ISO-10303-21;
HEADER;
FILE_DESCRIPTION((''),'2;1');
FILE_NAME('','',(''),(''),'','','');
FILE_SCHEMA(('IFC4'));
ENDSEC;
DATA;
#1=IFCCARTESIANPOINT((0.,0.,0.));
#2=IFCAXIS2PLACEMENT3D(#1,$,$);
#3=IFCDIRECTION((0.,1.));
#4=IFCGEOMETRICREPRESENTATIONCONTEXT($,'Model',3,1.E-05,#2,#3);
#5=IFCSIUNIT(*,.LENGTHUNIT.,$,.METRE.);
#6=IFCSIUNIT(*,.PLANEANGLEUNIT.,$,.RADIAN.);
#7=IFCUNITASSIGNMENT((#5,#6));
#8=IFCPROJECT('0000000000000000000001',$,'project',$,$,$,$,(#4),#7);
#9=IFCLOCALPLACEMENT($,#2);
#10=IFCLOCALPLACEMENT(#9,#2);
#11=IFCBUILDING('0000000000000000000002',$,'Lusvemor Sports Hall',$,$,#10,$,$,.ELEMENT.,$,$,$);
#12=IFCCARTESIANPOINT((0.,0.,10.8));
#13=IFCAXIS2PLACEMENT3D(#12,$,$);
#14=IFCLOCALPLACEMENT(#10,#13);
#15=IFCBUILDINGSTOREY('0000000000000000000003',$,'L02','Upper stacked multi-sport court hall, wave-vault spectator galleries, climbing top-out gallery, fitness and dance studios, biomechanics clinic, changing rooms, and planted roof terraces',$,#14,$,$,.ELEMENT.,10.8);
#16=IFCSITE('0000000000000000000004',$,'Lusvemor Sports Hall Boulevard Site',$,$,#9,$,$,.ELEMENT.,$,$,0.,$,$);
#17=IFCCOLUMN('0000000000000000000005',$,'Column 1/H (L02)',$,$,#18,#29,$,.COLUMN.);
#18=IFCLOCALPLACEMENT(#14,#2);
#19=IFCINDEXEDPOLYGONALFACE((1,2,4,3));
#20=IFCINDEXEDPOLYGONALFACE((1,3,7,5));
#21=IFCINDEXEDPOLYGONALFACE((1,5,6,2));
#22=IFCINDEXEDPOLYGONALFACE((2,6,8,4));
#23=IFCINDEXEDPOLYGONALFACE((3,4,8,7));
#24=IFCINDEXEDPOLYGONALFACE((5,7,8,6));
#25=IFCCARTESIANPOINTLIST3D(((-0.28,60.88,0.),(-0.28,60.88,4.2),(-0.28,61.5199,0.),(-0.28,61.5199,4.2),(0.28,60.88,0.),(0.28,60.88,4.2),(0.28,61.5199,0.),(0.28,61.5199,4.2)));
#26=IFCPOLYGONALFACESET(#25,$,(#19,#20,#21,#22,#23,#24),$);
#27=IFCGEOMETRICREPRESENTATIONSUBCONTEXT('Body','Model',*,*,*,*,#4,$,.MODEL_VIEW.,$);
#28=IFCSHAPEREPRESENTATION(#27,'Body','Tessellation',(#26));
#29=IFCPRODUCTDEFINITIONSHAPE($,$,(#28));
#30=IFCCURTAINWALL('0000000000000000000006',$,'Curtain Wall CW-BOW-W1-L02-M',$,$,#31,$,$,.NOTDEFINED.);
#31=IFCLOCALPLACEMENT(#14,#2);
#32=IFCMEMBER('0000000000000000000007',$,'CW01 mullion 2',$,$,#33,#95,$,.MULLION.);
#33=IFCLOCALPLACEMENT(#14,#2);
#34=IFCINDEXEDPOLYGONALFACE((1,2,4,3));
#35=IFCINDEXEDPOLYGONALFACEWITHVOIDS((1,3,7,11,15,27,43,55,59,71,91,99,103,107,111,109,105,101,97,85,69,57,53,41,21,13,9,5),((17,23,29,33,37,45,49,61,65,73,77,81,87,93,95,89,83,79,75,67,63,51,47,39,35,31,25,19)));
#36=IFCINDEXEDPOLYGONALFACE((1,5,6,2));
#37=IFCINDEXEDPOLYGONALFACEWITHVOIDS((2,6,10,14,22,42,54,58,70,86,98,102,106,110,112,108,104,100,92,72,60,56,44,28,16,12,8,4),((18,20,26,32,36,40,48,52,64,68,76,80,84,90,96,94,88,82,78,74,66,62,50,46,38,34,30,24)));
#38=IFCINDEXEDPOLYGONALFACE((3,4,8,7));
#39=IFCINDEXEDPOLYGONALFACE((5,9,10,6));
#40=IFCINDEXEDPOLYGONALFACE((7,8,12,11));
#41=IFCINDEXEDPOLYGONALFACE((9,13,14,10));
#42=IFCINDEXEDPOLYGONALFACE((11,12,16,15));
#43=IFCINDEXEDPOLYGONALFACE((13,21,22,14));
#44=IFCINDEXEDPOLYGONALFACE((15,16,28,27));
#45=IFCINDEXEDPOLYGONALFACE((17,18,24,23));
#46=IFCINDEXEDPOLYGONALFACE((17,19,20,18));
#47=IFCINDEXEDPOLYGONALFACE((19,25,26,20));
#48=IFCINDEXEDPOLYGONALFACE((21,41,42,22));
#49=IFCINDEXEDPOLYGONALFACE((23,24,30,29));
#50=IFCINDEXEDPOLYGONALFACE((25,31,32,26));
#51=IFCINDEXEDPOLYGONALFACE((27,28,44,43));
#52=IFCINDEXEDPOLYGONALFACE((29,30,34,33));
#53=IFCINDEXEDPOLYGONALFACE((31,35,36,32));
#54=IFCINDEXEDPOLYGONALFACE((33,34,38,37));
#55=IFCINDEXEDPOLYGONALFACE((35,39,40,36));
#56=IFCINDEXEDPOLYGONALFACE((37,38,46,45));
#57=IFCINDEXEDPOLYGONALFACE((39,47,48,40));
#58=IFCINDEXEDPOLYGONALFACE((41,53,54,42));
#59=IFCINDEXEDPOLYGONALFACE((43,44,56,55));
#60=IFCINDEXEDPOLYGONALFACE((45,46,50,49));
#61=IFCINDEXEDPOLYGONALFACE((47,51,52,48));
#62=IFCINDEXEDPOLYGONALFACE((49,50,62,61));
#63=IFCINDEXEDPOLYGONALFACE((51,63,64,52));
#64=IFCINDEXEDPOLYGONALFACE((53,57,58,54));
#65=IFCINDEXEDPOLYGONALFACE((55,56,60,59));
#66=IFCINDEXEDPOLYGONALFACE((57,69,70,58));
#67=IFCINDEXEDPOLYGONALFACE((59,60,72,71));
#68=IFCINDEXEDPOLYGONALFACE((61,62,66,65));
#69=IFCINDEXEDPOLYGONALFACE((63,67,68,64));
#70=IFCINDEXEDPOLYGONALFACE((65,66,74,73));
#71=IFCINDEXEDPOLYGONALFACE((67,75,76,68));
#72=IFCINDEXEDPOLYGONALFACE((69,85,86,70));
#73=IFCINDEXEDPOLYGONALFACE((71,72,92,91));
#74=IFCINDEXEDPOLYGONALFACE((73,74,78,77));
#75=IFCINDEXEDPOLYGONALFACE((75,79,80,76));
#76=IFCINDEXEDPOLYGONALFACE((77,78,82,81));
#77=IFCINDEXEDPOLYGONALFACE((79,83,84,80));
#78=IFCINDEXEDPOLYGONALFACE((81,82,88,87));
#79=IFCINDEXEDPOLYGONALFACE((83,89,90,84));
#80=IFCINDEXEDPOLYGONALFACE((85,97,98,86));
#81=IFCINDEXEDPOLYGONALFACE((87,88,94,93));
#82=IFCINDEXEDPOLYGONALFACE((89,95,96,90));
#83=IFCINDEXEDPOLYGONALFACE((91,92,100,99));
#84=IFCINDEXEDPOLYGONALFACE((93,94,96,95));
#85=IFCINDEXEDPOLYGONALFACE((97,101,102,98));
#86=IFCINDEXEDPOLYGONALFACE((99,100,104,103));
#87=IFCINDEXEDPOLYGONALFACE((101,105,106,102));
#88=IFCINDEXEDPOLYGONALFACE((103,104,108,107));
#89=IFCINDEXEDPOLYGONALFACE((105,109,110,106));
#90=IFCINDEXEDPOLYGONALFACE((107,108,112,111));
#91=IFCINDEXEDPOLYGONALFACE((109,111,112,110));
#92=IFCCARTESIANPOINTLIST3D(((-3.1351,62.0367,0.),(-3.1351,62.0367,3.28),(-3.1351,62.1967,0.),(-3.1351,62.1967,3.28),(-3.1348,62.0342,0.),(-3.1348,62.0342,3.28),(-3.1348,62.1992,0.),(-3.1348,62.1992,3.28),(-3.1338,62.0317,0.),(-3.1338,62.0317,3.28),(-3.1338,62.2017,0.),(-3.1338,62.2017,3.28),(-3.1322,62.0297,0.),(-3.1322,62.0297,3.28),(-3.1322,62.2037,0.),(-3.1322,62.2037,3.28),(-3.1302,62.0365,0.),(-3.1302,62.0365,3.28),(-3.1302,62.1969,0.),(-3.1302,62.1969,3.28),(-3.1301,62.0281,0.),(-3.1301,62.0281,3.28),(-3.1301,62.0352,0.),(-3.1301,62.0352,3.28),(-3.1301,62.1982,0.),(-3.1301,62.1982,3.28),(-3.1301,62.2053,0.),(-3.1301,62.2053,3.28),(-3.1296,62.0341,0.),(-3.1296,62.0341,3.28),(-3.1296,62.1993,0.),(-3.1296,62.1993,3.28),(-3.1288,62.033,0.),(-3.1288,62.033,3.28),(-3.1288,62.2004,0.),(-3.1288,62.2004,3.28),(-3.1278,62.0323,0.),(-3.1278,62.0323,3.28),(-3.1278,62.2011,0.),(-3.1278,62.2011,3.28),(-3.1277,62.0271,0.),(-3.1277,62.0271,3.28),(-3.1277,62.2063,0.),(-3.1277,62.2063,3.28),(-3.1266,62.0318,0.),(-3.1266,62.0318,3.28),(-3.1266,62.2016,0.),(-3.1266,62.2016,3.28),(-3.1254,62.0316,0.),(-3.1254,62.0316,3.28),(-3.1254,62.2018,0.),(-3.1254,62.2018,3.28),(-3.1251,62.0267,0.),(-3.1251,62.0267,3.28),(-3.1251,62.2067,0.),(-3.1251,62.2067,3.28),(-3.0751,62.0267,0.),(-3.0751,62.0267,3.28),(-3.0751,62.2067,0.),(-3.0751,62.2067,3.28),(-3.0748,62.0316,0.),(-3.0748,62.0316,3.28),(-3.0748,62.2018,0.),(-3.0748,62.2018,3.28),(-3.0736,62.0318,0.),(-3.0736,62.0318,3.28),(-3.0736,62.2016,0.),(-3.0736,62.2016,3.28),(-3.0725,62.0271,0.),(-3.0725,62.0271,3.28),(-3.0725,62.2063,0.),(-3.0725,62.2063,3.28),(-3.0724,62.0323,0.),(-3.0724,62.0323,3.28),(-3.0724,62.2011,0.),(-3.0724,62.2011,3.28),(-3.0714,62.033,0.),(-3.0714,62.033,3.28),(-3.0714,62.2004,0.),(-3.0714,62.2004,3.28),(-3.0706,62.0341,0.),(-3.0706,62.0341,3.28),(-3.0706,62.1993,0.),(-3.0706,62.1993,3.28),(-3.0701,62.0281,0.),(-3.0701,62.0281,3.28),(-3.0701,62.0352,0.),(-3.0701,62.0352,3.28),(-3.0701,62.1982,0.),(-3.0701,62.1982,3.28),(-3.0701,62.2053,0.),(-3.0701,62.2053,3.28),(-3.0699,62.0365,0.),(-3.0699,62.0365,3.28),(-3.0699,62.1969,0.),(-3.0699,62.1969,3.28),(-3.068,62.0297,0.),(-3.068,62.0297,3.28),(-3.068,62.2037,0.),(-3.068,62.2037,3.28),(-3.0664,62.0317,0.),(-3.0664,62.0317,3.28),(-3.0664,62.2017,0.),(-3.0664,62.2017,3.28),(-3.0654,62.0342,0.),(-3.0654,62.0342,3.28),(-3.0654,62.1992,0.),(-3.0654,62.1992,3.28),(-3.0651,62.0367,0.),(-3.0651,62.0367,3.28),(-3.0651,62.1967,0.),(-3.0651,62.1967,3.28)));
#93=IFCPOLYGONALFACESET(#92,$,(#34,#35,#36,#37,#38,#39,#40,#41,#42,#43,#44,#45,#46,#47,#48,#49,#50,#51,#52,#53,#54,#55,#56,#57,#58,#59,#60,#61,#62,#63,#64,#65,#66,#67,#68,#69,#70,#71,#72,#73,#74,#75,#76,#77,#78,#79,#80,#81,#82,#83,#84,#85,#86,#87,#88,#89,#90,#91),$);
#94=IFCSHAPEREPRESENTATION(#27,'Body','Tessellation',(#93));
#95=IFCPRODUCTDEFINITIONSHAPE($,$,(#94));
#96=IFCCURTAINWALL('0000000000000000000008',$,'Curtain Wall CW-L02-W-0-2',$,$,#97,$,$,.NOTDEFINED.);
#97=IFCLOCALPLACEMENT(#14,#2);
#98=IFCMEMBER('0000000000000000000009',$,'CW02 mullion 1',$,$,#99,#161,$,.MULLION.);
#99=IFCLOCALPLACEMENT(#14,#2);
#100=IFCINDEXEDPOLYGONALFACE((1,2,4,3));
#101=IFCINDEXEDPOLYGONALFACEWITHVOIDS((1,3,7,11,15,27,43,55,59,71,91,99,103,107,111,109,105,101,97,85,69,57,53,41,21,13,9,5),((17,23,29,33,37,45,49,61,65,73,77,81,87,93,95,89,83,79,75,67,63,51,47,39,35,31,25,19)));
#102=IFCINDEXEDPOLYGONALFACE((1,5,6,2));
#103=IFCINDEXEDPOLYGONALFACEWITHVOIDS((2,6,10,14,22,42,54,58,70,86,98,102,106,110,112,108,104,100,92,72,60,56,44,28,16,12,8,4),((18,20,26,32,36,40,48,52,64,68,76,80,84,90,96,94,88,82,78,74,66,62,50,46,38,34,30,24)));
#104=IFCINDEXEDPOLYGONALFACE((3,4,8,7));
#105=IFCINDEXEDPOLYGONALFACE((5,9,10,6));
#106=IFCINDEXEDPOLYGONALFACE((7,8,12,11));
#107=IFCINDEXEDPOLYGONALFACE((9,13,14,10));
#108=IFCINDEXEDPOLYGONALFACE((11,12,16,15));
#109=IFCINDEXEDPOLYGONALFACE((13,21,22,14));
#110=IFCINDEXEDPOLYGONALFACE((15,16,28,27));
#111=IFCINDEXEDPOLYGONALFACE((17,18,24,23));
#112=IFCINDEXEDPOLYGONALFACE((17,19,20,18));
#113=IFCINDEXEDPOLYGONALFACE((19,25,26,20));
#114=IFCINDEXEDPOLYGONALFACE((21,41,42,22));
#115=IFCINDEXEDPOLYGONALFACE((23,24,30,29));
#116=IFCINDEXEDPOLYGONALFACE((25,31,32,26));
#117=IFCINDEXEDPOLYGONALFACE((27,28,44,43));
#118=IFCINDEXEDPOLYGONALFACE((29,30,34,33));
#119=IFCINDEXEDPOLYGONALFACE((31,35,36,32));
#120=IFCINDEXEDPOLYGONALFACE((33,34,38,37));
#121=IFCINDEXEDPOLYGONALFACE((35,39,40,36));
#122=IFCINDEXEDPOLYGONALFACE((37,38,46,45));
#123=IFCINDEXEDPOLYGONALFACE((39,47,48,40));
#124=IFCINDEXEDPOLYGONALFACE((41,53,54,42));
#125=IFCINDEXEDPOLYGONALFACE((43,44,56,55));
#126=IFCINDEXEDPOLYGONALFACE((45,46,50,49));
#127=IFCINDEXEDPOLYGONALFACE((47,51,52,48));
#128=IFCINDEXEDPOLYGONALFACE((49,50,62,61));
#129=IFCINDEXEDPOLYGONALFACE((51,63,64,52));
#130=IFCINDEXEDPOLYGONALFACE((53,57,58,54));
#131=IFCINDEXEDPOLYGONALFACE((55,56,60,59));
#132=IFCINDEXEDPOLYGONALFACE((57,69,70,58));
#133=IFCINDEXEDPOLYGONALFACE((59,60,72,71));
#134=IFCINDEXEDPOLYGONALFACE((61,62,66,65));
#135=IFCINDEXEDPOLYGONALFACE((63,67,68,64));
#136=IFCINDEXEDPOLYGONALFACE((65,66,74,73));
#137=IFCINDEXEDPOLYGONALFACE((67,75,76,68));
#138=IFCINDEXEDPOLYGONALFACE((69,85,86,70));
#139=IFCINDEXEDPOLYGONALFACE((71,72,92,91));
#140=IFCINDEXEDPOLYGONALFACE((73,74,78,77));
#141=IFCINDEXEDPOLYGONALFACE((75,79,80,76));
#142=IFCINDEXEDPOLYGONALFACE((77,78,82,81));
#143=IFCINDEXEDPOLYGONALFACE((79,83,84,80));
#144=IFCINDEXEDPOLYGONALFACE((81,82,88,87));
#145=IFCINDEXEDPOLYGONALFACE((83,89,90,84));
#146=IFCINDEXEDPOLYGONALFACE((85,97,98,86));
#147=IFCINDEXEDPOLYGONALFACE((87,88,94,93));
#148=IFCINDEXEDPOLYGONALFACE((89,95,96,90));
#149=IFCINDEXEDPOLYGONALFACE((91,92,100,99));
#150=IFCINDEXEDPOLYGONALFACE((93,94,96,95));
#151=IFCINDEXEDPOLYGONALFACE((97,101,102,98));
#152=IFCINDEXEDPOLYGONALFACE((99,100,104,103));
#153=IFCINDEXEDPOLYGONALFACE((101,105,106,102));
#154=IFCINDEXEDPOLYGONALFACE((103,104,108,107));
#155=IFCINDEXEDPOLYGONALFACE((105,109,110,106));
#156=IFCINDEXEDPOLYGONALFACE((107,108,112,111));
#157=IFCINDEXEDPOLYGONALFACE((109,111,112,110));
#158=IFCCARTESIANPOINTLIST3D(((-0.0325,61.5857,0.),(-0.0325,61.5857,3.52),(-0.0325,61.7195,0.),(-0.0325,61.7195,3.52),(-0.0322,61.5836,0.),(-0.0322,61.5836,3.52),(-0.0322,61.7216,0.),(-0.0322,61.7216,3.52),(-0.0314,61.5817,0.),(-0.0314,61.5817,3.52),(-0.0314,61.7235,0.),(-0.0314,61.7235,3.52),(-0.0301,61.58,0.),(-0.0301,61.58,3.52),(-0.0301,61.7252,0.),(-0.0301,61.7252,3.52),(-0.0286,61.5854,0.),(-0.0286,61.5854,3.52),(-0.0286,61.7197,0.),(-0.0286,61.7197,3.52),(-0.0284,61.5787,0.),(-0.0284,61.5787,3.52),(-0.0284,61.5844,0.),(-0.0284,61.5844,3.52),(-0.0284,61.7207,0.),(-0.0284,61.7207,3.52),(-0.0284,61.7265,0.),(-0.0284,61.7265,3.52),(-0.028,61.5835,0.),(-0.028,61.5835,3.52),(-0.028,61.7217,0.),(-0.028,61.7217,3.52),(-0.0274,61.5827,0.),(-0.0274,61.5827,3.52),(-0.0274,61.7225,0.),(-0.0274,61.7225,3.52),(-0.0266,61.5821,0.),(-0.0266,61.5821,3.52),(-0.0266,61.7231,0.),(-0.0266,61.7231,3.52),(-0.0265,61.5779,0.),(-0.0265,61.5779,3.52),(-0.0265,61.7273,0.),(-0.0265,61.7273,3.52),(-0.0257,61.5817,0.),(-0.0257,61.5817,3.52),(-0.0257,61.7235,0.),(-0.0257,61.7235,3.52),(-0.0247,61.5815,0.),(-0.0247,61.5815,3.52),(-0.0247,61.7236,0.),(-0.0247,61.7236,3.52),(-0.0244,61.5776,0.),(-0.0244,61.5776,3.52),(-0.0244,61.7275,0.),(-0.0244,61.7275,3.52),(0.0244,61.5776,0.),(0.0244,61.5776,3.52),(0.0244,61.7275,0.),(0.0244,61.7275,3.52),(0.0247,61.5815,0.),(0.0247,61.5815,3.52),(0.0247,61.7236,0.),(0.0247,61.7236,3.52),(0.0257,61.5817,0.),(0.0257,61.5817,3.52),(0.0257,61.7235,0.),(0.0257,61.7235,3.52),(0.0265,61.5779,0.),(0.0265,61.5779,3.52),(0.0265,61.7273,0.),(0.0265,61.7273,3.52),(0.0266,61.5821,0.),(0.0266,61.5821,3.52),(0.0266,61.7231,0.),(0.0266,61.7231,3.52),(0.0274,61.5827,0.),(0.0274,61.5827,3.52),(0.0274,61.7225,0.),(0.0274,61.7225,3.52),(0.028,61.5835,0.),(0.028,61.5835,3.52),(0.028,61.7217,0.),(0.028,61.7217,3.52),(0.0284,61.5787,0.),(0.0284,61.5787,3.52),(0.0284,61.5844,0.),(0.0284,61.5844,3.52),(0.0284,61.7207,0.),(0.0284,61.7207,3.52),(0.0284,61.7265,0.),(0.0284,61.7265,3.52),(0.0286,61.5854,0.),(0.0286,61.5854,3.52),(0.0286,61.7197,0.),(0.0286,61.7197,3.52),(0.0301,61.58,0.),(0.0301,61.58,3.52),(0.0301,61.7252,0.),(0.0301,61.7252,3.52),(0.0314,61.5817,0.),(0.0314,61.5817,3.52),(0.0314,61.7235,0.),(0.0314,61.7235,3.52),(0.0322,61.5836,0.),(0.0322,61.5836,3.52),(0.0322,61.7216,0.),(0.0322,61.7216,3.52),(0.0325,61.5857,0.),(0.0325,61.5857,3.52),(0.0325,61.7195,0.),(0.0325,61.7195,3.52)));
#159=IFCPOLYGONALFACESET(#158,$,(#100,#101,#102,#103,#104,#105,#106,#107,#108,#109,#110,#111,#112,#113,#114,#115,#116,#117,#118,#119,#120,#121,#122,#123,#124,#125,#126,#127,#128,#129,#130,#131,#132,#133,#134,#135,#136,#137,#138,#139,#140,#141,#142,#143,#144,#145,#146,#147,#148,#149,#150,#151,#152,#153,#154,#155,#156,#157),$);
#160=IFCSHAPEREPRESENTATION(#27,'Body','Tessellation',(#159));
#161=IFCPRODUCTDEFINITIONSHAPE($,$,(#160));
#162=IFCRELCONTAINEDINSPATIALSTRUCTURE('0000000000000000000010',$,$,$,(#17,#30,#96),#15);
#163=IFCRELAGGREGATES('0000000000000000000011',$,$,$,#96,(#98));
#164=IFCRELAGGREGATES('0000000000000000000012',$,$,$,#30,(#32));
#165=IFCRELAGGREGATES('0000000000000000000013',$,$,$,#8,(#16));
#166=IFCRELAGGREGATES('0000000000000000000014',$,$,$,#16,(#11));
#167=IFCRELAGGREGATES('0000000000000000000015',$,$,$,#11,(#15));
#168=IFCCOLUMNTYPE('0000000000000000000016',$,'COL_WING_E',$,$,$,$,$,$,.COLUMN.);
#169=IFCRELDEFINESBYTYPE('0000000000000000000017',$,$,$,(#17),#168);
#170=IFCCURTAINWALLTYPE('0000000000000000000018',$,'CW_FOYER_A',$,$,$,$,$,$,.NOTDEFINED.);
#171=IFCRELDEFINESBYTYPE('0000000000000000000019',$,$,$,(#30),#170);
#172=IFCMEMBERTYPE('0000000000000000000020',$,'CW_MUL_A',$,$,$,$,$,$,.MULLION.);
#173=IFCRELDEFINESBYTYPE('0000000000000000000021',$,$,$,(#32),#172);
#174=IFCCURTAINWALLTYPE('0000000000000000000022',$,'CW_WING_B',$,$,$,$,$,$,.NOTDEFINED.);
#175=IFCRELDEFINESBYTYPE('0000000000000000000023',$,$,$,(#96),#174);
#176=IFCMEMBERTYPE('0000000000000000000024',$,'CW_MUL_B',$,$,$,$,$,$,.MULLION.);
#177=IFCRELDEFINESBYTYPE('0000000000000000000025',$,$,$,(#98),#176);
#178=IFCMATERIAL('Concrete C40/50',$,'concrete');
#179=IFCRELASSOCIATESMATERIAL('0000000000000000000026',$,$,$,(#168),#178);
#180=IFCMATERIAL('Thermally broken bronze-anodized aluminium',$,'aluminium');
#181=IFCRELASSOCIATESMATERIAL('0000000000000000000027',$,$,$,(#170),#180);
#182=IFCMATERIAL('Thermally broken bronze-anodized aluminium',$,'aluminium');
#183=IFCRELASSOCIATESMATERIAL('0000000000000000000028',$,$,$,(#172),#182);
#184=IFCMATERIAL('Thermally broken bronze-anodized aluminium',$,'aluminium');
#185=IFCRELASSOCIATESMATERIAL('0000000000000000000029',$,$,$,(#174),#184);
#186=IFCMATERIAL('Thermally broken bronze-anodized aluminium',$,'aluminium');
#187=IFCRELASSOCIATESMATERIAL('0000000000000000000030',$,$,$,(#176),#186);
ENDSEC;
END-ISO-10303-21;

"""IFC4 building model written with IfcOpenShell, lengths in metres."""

from ifc_helpers import new_model, si_unit, direction, frame, origin, origin_2d, place, context, subcontext, project, spatial, rectangle, hollow_rectangle, extrude, material, material_profile, profile_set, type_object, element, aggregate, save


model = new_model("IFC4")

# Units and contexts
model_context = context("Model", 3, precision=1e-05, world=origin(), true_north=direction((0.0, 1.0)))
body_context = subcontext(model_context, "Body", "Model", "MODEL_VIEW")
ifc_project = project(units=[si_unit("LENGTHUNIT", "METRE"), si_unit("PLANEANGLEUNIT", "RADIAN")], contexts=[model_context])

# Site, building, storey
site_placement = place(None, origin())
site = spatial("IfcSite", under=ifc_project, at=site_placement, Name="Lusvemor Sports Hall Boulevard Site", CompositionType="ELEMENT", RefElevation=0.0)
building_placement = place(site_placement, origin())
building = spatial("IfcBuilding", under=site, at=building_placement, Name="Lusvemor Sports Hall", CompositionType="ELEMENT")
storey_placement = place(building_placement, frame((0.0, 0.0, 10.8)))
storey = spatial("IfcBuildingStorey", under=building, at=storey_placement, Name="L02", Description="Upper stacked multi-sport court hall, wave-vault spectator galleries, climbing top-out gallery, fitness and dance studios, biomechanics clinic, changing rooms, and planted roof terraces", CompositionType="ELEMENT", Elevation=10.8)

# Column
ifc_material_1 = material(Name="Concrete C40/50", Category="concrete")
ifc_material_profile_1 = material_profile(ifc_material_1, rectangle(XDim=0.5601, YDim=0.6399, at=origin_2d()), Name="RC560x640")
ifc_profile_set_1 = profile_set([ifc_material_profile_1], Name="Concrete C40/50")
column_type = type_object("IfcColumnType", Name="COL_WING_E", PredefinedType="COLUMN", material=ifc_profile_set_1)
column_placement = place(storey_placement, frame((0.0, 61.2, 0.0), z_axis=(0.0, 0.0, 1.0), x_axis=(1.0, 0.0, 0.0)))
element("IfcColumn", 1, at=column_placement, inside=storey, type_object=column_type, Name="Column 1/H (L02)", PredefinedType="COLUMN", context=body_context, shape_type="SweptSolid", body=[
    extrude(rectangle(XDim=0.5601, YDim=0.6399, at=origin_2d()), origin(), (0.0, 0.0, 1.0), 4.2),
])

# Curtain wall, member
ifc_material_2 = material(Name="Thermally broken bronze-anodized aluminium", Category="aluminium")
curtain_wall_type_1 = type_object("IfcCurtainWallType", Name="CW_FOYER_A", PredefinedType="NOTDEFINED", material=ifc_material_2)
curtain_wall_1_placement = place(storey_placement, origin())
curtain_wall_1 = element("IfcCurtainWall", 2, at=curtain_wall_1_placement, inside=storey, type_object=curtain_wall_type_1, Name="Curtain Wall CW-BOW-W1-L02-M", PredefinedType="NOTDEFINED")
ifc_material_3 = material(Name="Thermally broken bronze-anodized aluminium", Category="aluminium")
ifc_material_profile_2 = material_profile(ifc_material_3, hollow_rectangle(XDim=0.0701, YDim=0.1799, WallThickness=0.0049, InnerFilletRadius=0.0049, OuterFilletRadius=0.01, at=origin_2d()), Name="CWMUL180x70x5")
ifc_profile_set_2 = profile_set([ifc_material_profile_2], Name="Thermally broken bronze-anodized aluminium")
member_type_1 = type_object("IfcMemberType", Name="CW_MUL_A", PredefinedType="MULLION", material=ifc_profile_set_2)
member_1_placement = place(storey_placement, frame((-3.1001, 62.1167, 0.0), z_axis=(0.0, 0.0, 1.0), x_axis=(-1.0, 0.0, 0.0)))
member_1 = element("IfcMember", 3, at=member_1_placement, type_object=member_type_1, Name="CW01 mullion 2", PredefinedType="MULLION", context=body_context, shape_type="SweptSolid", body=[
    extrude(hollow_rectangle(XDim=0.0701, YDim=0.1799, WallThickness=0.0049, InnerFilletRadius=0.0049, OuterFilletRadius=0.01, at=origin_2d()), origin(), (0.0, 0.0, 1.0), 3.28),
])

# Curtain wall, member
ifc_material_4 = material(Name="Thermally broken bronze-anodized aluminium", Category="aluminium")
curtain_wall_type_2 = type_object("IfcCurtainWallType", Name="CW_WING_B", PredefinedType="NOTDEFINED", material=ifc_material_4)
curtain_wall_2_placement = place(storey_placement, origin())
curtain_wall_2 = element("IfcCurtainWall", 4, at=curtain_wall_2_placement, inside=storey, type_object=curtain_wall_type_2, Name="Curtain Wall CW-L02-W-0-2", PredefinedType="NOTDEFINED")
ifc_material_5 = material(Name="Thermally broken bronze-anodized aluminium", Category="aluminium")
ifc_material_profile_3 = material_profile(ifc_material_5, hollow_rectangle(XDim=0.0649, YDim=0.1499, WallThickness=0.0039, InnerFilletRadius=0.0039, OuterFilletRadius=0.0081, at=origin_2d()), Name="CWMUL150x65x4")
ifc_profile_set_3 = profile_set([ifc_material_profile_3], Name="Thermally broken bronze-anodized aluminium")
member_type_2 = type_object("IfcMemberType", Name="CW_MUL_B", PredefinedType="MULLION", material=ifc_profile_set_3)
member_2_placement = place(storey_placement, frame((0.0, 61.6526, 0.0), z_axis=(0.0, 0.0, 1.0), x_axis=(-1.0, 0.0, 0.0)))
member_2 = element("IfcMember", 5, at=member_2_placement, type_object=member_type_2, Name="CW02 mullion 1", PredefinedType="MULLION", context=body_context, shape_type="SweptSolid", body=[
    extrude(hollow_rectangle(XDim=0.0649, YDim=0.1499, WallThickness=0.0039, InnerFilletRadius=0.0039, OuterFilletRadius=0.0081, at=origin_2d()), origin(), (0.0, 0.0, 1.0), 3.52),
])

aggregate(curtain_wall_2, [member_2])
aggregate(curtain_wall_1, [member_1])

save(model, "model.ifc")
